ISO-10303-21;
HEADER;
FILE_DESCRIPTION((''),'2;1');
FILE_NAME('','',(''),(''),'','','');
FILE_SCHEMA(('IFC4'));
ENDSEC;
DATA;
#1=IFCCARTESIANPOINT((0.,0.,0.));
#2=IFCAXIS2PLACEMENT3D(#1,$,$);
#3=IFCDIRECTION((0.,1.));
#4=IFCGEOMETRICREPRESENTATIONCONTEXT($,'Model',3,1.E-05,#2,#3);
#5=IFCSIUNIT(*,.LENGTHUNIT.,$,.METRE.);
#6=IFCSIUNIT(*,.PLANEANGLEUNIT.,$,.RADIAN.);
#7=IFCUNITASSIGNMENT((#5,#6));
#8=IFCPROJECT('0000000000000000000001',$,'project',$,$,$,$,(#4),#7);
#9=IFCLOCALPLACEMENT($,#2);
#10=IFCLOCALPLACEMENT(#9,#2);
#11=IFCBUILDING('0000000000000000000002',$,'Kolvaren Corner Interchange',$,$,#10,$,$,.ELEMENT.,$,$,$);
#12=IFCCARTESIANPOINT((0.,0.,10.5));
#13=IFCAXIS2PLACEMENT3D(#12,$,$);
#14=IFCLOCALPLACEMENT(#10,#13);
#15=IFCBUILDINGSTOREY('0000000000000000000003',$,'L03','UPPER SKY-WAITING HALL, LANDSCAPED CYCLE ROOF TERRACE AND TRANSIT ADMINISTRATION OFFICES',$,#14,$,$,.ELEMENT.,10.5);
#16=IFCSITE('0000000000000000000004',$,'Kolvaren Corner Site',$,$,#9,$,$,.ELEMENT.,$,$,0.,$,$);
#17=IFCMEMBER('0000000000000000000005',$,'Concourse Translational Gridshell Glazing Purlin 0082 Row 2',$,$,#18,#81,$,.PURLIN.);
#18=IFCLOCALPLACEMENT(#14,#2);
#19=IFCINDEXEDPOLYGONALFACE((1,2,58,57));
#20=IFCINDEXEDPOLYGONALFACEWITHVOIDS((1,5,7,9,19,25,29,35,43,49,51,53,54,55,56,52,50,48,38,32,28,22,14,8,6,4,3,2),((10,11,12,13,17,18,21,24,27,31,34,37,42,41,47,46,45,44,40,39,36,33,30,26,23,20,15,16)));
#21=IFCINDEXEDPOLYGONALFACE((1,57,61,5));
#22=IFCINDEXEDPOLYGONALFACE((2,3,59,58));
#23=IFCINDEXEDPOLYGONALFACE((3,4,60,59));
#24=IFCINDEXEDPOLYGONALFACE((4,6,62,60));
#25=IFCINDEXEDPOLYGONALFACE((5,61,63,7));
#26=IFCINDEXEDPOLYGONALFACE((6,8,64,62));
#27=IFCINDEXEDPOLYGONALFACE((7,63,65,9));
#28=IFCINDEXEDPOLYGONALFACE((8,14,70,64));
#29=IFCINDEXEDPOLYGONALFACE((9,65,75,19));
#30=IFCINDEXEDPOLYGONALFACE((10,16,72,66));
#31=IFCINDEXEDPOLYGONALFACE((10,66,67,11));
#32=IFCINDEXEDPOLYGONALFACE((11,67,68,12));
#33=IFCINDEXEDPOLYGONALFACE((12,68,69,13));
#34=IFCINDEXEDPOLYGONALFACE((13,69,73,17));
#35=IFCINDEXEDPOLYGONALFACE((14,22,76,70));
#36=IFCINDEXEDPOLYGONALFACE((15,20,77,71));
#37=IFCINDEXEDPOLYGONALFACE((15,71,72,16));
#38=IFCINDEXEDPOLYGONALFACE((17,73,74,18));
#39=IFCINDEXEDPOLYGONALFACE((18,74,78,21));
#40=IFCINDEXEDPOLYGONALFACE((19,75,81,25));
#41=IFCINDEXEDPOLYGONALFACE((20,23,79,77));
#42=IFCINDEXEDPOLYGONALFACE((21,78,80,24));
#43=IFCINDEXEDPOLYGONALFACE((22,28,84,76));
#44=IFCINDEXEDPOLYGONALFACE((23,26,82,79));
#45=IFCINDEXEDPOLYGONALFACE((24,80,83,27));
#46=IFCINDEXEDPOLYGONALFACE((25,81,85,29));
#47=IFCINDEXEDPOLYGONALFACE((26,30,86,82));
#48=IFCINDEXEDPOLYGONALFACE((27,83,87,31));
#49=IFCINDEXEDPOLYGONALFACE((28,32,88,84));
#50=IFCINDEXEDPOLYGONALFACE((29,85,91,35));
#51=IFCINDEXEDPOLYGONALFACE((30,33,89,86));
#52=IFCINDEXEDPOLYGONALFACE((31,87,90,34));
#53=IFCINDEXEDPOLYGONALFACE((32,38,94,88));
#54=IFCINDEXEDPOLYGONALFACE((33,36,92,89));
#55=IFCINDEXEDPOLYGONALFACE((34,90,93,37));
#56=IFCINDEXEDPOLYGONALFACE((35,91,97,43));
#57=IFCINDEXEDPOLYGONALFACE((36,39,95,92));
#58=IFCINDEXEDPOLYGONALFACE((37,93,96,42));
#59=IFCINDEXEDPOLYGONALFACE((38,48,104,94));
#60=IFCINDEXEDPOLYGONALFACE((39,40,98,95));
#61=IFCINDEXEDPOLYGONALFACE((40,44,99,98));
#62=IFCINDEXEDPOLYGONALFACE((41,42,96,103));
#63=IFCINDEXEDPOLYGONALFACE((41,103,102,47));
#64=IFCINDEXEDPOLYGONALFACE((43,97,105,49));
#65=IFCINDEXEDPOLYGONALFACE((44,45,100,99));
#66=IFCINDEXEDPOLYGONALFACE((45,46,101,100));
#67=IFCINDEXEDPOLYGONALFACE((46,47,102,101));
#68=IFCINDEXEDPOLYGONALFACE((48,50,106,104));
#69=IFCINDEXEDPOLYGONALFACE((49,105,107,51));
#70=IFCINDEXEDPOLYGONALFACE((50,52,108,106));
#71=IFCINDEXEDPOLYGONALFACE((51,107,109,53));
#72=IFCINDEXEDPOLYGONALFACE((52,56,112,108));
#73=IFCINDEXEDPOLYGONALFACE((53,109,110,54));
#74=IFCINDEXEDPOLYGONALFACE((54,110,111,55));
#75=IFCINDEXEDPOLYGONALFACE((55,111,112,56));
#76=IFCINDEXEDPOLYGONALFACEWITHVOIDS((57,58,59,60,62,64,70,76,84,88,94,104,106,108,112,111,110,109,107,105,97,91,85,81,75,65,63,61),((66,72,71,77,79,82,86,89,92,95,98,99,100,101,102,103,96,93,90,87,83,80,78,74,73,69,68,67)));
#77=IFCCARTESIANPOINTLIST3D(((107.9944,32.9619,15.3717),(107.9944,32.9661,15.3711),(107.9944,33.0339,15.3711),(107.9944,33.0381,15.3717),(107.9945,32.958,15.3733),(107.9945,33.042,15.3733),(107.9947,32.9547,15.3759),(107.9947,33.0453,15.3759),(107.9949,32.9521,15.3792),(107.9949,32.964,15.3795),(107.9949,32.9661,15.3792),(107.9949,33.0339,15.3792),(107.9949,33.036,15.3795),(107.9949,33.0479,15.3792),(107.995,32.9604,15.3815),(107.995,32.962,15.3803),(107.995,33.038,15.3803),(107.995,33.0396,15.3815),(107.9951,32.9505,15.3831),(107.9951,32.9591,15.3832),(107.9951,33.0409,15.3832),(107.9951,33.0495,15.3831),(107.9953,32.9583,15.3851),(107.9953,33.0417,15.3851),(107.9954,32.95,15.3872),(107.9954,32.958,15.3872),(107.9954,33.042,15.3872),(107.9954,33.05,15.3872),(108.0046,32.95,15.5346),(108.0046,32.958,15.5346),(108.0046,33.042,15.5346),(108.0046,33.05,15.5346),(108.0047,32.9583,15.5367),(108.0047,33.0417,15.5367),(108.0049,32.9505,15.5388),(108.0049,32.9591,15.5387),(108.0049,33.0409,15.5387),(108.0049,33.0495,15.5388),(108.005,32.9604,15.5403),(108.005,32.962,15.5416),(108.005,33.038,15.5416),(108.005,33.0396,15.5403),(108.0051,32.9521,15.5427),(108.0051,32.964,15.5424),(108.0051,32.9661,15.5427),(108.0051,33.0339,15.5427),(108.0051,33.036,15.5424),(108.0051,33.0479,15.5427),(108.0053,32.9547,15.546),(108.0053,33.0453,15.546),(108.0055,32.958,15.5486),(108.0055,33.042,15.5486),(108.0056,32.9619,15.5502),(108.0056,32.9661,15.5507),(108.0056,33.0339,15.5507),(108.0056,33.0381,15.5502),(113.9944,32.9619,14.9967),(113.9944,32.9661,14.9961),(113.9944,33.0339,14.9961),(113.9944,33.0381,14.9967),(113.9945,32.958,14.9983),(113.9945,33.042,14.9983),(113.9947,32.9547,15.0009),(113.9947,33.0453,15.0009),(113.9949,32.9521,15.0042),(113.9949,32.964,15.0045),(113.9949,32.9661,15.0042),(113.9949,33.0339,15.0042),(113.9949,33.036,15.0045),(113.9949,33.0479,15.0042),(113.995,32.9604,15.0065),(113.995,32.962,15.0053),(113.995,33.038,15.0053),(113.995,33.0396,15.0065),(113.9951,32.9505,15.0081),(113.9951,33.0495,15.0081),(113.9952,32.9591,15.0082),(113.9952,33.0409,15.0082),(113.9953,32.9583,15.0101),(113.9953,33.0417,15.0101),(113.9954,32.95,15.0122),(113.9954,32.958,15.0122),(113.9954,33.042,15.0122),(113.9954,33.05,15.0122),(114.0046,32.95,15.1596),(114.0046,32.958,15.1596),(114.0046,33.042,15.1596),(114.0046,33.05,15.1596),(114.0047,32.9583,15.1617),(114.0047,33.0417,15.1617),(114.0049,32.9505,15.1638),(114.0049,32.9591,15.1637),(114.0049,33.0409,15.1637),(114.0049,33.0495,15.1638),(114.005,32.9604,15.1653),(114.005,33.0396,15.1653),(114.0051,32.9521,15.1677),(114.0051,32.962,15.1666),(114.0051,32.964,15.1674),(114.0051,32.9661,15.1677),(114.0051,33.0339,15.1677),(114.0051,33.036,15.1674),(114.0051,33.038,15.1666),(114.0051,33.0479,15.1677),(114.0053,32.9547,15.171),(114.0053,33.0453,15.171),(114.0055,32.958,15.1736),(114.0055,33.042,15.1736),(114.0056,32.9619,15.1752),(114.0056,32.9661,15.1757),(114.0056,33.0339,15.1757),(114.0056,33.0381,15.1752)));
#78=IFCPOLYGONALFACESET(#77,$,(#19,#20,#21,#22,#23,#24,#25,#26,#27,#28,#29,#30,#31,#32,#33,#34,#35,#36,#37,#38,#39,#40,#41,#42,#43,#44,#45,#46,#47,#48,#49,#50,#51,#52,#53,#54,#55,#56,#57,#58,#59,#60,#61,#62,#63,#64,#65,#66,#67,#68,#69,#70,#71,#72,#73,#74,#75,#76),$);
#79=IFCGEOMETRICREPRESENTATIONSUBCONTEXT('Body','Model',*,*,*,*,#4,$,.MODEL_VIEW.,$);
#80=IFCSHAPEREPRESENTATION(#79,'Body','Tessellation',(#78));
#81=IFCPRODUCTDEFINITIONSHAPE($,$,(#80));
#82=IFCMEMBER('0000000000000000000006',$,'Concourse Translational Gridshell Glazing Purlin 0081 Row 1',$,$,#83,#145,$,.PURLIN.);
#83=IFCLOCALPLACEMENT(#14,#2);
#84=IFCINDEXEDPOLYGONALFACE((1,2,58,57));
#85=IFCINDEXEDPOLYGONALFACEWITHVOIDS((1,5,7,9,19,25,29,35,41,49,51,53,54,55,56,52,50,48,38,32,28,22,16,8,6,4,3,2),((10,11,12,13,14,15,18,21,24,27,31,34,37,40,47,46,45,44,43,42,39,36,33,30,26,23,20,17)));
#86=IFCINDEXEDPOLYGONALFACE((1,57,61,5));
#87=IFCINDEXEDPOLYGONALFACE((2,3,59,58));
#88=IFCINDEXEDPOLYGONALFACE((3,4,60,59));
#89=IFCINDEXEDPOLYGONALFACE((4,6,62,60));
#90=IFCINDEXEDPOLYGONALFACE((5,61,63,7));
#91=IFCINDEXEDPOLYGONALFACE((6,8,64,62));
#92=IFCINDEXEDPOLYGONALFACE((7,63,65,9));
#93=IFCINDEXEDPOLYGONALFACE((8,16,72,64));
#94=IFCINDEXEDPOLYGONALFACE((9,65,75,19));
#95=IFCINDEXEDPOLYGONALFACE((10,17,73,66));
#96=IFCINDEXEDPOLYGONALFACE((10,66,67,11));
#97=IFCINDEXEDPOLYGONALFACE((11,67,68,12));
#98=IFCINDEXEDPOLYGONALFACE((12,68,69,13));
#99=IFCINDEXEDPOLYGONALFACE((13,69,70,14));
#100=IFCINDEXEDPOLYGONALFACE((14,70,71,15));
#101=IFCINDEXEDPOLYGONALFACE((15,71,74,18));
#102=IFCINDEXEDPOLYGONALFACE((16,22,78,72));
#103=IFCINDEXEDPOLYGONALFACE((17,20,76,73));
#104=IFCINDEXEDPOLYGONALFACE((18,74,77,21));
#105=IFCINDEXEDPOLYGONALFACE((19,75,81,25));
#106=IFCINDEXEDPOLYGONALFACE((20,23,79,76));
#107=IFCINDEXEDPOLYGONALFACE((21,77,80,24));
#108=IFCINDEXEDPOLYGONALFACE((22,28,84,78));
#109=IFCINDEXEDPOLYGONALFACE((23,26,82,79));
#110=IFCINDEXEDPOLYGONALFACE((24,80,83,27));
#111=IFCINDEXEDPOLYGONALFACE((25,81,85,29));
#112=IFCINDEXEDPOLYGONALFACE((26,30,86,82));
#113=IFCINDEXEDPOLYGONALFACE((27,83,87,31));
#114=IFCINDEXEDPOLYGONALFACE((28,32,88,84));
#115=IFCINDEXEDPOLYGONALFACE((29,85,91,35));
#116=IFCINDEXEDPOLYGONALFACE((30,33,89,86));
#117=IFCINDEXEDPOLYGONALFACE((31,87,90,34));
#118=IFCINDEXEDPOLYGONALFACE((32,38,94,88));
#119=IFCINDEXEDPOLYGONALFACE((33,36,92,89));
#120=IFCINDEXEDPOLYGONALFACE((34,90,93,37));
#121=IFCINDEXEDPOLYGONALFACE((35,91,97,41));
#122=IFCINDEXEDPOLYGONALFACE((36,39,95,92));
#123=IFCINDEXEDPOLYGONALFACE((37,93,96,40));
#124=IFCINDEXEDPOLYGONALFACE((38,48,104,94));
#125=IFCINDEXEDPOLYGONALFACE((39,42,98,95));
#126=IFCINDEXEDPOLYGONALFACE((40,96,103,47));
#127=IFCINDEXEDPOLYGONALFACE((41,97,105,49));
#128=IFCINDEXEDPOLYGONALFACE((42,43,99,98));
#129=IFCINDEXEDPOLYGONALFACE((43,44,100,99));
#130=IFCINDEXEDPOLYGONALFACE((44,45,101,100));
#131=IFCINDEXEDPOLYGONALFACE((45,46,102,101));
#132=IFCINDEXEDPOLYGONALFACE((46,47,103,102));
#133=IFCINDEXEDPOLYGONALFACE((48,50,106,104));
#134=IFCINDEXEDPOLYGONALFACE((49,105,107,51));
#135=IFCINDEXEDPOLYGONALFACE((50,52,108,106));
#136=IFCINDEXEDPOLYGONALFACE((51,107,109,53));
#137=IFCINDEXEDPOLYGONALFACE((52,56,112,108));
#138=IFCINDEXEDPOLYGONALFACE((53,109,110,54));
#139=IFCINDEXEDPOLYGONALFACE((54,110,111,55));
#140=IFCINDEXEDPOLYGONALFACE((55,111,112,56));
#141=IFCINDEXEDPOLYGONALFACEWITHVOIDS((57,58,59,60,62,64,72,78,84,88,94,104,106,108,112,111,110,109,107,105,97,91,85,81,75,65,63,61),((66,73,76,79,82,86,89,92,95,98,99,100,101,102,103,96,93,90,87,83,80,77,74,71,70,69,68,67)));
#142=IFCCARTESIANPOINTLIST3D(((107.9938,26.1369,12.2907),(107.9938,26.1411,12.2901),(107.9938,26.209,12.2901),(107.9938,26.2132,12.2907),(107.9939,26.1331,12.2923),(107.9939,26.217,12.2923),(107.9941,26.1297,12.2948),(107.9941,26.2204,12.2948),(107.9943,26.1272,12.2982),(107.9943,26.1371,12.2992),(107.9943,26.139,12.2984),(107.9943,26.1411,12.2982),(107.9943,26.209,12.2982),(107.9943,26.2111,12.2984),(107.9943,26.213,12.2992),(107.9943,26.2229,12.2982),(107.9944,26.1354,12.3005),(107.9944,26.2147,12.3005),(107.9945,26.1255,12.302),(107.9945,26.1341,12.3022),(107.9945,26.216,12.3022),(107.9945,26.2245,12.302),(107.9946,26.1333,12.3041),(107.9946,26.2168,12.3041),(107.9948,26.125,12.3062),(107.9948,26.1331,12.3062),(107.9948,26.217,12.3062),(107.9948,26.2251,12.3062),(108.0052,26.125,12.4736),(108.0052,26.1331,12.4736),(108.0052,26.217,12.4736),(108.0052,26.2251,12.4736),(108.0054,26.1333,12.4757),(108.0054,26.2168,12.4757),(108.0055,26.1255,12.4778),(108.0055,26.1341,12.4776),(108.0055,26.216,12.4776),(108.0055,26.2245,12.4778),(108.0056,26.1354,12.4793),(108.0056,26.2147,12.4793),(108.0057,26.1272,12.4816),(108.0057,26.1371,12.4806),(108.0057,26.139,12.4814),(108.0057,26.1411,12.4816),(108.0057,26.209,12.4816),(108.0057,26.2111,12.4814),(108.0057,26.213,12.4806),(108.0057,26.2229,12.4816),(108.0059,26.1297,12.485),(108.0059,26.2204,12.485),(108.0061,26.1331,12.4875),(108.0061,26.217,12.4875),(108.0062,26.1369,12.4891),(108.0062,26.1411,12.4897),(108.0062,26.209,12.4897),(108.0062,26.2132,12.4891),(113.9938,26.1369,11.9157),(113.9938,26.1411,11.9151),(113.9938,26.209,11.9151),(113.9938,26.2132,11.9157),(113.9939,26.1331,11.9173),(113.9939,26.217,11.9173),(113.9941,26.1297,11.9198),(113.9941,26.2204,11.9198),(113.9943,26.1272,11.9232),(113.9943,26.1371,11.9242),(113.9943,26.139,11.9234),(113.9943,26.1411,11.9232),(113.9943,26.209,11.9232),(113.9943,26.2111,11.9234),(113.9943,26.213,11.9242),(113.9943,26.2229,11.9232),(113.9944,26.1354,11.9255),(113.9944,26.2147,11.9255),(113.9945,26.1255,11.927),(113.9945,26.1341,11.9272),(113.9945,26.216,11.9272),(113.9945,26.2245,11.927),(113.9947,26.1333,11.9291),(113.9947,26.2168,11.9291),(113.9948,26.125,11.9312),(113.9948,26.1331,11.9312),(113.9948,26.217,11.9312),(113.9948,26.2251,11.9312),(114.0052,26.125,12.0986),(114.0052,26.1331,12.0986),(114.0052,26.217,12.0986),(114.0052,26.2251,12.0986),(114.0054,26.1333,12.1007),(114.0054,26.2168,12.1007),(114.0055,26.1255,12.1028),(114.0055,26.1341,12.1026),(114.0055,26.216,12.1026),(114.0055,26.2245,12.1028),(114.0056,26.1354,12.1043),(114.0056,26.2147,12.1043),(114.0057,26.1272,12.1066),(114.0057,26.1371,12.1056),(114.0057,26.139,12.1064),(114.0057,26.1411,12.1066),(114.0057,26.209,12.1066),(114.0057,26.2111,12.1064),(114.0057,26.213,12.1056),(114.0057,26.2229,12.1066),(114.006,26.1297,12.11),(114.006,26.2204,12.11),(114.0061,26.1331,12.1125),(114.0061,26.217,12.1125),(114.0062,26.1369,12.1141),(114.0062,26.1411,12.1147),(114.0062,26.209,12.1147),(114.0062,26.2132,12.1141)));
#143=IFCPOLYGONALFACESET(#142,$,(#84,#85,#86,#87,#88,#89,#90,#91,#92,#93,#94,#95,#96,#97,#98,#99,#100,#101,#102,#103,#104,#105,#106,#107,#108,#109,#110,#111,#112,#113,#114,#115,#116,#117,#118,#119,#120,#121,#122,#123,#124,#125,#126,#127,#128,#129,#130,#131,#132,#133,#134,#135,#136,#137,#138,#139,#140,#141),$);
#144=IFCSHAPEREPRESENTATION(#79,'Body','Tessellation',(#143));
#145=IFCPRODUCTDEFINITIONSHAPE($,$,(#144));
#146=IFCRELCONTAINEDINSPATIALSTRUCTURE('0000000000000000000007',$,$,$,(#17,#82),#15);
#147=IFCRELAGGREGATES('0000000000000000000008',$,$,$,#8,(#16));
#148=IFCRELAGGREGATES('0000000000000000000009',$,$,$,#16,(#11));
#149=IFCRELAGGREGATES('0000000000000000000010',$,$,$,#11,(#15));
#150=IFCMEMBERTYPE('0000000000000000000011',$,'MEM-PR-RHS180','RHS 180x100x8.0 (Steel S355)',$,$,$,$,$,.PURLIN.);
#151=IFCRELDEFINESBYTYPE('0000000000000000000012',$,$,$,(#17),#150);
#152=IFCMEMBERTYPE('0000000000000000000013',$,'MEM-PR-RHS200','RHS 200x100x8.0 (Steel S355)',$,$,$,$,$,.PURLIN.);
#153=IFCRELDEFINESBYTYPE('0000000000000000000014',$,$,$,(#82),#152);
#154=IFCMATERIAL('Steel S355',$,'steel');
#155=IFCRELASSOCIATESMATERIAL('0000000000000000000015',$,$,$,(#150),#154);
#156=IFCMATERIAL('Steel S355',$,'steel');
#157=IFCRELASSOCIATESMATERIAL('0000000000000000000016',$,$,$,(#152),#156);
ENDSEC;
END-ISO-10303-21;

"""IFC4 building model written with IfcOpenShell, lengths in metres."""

from ifc_helpers import new_model, si_unit, direction, frame, origin, origin_2d, place, context, subcontext, project, spatial, hollow_rectangle, extrude, material, material_profile, profile_set, type_object, element, save


model = new_model("IFC4")

# Units and contexts
model_context = context("Model", 3, precision=1e-05, world=origin(), true_north=direction((0.0, 1.0)))
body_context = subcontext(model_context, "Body", "Model", "MODEL_VIEW")
ifc_project = project(units=[si_unit("LENGTHUNIT", "METRE"), si_unit("PLANEANGLEUNIT", "RADIAN")], contexts=[model_context])

# Site, building, storey
site_placement = place(None, origin())
site = spatial("IfcSite", under=ifc_project, at=site_placement, Name="Kolvaren Corner Site", CompositionType="ELEMENT", RefElevation=0.0)
building_placement = place(site_placement, origin())
building = spatial("IfcBuilding", under=site, at=building_placement, Name="Kolvaren Corner Interchange", CompositionType="ELEMENT")
storey_placement = place(building_placement, frame((0.0, 0.0, 10.5)))
storey = spatial("IfcBuildingStorey", under=building, at=storey_placement, Name="L03", Description="UPPER SKY-WAITING HALL, LANDSCAPED CYCLE ROOF TERRACE AND TRANSIT ADMINISTRATION OFFICES", CompositionType="ELEMENT", Elevation=10.5)

# Members
ifc_material_1 = material(Name="Steel S355", Category="steel")
ifc_material_profile_1 = material_profile(ifc_material_1, hollow_rectangle(XDim=0.1001, YDim=0.1799, WallThickness=0.0081, InnerFilletRadius=0.0081, OuterFilletRadius=0.0161, at=origin_2d()), Name="RHS 180x100x8.0")
ifc_profile_set_1 = profile_set([ifc_material_profile_1], Name="Steel S355")
member_type_1 = type_object("IfcMemberType", Name="MEM-PR-RHS180", Description="RHS 180x100x8.0 (Steel S355)", PredefinedType="PURLIN", material=ifc_profile_set_1)
for number, where, z_axis, x_axis, name in (
    (1, (108.0, 33.0, 15.4609), (0.998053, 0.0, -0.062378), (0.0, 1.0, 0.0), "Concourse Translational Gridshell Glazing Purlin 0082 Row 2"),
):
    element("IfcMember", number, at=place(storey_placement, frame(where, z_axis=z_axis, x_axis=x_axis)), inside=storey, type_object=member_type_1, Name=name, PredefinedType="PURLIN", context=body_context, shape_type="SweptSolid", body=[
        extrude(hollow_rectangle(XDim=0.1001, YDim=0.1799, WallThickness=0.0081, InnerFilletRadius=0.0081, OuterFilletRadius=0.0161, at=origin_2d()), origin(), (0.0, 0.0, 1.0), 6.0117),
    ])
ifc_material_2 = material(Name="Steel S355", Category="steel")
ifc_material_profile_2 = material_profile(ifc_material_2, hollow_rectangle(XDim=0.1001, YDim=0.2, WallThickness=0.0081, InnerFilletRadius=0.0081, OuterFilletRadius=0.0161, at=origin_2d()), Name="RHS 200x100x8.0")
ifc_profile_set_2 = profile_set([ifc_material_profile_2], Name="Steel S355")
member_type_2 = type_object("IfcMemberType", Name="MEM-PR-RHS200", Description="RHS 200x100x8.0 (Steel S355)", PredefinedType="PURLIN", material=ifc_profile_set_2)
for number, where, z_axis, x_axis, name in (
    (2, (108.0, 26.175, 12.3899), (0.998053, 0.0, -0.062378), (0.0, 1.0, 0.0), "Concourse Translational Gridshell Glazing Purlin 0081 Row 1"),
):
    element("IfcMember", number, at=place(storey_placement, frame(where, z_axis=z_axis, x_axis=x_axis)), inside=storey, type_object=member_type_2, Name=name, PredefinedType="PURLIN", context=body_context, shape_type="SweptSolid", body=[
        extrude(hollow_rectangle(XDim=0.1001, YDim=0.2, WallThickness=0.0081, InnerFilletRadius=0.0081, OuterFilletRadius=0.0161, at=origin_2d()), origin(), (0.0, 0.0, 1.0), 6.0117),
    ])

save(model, "model.ifc")
